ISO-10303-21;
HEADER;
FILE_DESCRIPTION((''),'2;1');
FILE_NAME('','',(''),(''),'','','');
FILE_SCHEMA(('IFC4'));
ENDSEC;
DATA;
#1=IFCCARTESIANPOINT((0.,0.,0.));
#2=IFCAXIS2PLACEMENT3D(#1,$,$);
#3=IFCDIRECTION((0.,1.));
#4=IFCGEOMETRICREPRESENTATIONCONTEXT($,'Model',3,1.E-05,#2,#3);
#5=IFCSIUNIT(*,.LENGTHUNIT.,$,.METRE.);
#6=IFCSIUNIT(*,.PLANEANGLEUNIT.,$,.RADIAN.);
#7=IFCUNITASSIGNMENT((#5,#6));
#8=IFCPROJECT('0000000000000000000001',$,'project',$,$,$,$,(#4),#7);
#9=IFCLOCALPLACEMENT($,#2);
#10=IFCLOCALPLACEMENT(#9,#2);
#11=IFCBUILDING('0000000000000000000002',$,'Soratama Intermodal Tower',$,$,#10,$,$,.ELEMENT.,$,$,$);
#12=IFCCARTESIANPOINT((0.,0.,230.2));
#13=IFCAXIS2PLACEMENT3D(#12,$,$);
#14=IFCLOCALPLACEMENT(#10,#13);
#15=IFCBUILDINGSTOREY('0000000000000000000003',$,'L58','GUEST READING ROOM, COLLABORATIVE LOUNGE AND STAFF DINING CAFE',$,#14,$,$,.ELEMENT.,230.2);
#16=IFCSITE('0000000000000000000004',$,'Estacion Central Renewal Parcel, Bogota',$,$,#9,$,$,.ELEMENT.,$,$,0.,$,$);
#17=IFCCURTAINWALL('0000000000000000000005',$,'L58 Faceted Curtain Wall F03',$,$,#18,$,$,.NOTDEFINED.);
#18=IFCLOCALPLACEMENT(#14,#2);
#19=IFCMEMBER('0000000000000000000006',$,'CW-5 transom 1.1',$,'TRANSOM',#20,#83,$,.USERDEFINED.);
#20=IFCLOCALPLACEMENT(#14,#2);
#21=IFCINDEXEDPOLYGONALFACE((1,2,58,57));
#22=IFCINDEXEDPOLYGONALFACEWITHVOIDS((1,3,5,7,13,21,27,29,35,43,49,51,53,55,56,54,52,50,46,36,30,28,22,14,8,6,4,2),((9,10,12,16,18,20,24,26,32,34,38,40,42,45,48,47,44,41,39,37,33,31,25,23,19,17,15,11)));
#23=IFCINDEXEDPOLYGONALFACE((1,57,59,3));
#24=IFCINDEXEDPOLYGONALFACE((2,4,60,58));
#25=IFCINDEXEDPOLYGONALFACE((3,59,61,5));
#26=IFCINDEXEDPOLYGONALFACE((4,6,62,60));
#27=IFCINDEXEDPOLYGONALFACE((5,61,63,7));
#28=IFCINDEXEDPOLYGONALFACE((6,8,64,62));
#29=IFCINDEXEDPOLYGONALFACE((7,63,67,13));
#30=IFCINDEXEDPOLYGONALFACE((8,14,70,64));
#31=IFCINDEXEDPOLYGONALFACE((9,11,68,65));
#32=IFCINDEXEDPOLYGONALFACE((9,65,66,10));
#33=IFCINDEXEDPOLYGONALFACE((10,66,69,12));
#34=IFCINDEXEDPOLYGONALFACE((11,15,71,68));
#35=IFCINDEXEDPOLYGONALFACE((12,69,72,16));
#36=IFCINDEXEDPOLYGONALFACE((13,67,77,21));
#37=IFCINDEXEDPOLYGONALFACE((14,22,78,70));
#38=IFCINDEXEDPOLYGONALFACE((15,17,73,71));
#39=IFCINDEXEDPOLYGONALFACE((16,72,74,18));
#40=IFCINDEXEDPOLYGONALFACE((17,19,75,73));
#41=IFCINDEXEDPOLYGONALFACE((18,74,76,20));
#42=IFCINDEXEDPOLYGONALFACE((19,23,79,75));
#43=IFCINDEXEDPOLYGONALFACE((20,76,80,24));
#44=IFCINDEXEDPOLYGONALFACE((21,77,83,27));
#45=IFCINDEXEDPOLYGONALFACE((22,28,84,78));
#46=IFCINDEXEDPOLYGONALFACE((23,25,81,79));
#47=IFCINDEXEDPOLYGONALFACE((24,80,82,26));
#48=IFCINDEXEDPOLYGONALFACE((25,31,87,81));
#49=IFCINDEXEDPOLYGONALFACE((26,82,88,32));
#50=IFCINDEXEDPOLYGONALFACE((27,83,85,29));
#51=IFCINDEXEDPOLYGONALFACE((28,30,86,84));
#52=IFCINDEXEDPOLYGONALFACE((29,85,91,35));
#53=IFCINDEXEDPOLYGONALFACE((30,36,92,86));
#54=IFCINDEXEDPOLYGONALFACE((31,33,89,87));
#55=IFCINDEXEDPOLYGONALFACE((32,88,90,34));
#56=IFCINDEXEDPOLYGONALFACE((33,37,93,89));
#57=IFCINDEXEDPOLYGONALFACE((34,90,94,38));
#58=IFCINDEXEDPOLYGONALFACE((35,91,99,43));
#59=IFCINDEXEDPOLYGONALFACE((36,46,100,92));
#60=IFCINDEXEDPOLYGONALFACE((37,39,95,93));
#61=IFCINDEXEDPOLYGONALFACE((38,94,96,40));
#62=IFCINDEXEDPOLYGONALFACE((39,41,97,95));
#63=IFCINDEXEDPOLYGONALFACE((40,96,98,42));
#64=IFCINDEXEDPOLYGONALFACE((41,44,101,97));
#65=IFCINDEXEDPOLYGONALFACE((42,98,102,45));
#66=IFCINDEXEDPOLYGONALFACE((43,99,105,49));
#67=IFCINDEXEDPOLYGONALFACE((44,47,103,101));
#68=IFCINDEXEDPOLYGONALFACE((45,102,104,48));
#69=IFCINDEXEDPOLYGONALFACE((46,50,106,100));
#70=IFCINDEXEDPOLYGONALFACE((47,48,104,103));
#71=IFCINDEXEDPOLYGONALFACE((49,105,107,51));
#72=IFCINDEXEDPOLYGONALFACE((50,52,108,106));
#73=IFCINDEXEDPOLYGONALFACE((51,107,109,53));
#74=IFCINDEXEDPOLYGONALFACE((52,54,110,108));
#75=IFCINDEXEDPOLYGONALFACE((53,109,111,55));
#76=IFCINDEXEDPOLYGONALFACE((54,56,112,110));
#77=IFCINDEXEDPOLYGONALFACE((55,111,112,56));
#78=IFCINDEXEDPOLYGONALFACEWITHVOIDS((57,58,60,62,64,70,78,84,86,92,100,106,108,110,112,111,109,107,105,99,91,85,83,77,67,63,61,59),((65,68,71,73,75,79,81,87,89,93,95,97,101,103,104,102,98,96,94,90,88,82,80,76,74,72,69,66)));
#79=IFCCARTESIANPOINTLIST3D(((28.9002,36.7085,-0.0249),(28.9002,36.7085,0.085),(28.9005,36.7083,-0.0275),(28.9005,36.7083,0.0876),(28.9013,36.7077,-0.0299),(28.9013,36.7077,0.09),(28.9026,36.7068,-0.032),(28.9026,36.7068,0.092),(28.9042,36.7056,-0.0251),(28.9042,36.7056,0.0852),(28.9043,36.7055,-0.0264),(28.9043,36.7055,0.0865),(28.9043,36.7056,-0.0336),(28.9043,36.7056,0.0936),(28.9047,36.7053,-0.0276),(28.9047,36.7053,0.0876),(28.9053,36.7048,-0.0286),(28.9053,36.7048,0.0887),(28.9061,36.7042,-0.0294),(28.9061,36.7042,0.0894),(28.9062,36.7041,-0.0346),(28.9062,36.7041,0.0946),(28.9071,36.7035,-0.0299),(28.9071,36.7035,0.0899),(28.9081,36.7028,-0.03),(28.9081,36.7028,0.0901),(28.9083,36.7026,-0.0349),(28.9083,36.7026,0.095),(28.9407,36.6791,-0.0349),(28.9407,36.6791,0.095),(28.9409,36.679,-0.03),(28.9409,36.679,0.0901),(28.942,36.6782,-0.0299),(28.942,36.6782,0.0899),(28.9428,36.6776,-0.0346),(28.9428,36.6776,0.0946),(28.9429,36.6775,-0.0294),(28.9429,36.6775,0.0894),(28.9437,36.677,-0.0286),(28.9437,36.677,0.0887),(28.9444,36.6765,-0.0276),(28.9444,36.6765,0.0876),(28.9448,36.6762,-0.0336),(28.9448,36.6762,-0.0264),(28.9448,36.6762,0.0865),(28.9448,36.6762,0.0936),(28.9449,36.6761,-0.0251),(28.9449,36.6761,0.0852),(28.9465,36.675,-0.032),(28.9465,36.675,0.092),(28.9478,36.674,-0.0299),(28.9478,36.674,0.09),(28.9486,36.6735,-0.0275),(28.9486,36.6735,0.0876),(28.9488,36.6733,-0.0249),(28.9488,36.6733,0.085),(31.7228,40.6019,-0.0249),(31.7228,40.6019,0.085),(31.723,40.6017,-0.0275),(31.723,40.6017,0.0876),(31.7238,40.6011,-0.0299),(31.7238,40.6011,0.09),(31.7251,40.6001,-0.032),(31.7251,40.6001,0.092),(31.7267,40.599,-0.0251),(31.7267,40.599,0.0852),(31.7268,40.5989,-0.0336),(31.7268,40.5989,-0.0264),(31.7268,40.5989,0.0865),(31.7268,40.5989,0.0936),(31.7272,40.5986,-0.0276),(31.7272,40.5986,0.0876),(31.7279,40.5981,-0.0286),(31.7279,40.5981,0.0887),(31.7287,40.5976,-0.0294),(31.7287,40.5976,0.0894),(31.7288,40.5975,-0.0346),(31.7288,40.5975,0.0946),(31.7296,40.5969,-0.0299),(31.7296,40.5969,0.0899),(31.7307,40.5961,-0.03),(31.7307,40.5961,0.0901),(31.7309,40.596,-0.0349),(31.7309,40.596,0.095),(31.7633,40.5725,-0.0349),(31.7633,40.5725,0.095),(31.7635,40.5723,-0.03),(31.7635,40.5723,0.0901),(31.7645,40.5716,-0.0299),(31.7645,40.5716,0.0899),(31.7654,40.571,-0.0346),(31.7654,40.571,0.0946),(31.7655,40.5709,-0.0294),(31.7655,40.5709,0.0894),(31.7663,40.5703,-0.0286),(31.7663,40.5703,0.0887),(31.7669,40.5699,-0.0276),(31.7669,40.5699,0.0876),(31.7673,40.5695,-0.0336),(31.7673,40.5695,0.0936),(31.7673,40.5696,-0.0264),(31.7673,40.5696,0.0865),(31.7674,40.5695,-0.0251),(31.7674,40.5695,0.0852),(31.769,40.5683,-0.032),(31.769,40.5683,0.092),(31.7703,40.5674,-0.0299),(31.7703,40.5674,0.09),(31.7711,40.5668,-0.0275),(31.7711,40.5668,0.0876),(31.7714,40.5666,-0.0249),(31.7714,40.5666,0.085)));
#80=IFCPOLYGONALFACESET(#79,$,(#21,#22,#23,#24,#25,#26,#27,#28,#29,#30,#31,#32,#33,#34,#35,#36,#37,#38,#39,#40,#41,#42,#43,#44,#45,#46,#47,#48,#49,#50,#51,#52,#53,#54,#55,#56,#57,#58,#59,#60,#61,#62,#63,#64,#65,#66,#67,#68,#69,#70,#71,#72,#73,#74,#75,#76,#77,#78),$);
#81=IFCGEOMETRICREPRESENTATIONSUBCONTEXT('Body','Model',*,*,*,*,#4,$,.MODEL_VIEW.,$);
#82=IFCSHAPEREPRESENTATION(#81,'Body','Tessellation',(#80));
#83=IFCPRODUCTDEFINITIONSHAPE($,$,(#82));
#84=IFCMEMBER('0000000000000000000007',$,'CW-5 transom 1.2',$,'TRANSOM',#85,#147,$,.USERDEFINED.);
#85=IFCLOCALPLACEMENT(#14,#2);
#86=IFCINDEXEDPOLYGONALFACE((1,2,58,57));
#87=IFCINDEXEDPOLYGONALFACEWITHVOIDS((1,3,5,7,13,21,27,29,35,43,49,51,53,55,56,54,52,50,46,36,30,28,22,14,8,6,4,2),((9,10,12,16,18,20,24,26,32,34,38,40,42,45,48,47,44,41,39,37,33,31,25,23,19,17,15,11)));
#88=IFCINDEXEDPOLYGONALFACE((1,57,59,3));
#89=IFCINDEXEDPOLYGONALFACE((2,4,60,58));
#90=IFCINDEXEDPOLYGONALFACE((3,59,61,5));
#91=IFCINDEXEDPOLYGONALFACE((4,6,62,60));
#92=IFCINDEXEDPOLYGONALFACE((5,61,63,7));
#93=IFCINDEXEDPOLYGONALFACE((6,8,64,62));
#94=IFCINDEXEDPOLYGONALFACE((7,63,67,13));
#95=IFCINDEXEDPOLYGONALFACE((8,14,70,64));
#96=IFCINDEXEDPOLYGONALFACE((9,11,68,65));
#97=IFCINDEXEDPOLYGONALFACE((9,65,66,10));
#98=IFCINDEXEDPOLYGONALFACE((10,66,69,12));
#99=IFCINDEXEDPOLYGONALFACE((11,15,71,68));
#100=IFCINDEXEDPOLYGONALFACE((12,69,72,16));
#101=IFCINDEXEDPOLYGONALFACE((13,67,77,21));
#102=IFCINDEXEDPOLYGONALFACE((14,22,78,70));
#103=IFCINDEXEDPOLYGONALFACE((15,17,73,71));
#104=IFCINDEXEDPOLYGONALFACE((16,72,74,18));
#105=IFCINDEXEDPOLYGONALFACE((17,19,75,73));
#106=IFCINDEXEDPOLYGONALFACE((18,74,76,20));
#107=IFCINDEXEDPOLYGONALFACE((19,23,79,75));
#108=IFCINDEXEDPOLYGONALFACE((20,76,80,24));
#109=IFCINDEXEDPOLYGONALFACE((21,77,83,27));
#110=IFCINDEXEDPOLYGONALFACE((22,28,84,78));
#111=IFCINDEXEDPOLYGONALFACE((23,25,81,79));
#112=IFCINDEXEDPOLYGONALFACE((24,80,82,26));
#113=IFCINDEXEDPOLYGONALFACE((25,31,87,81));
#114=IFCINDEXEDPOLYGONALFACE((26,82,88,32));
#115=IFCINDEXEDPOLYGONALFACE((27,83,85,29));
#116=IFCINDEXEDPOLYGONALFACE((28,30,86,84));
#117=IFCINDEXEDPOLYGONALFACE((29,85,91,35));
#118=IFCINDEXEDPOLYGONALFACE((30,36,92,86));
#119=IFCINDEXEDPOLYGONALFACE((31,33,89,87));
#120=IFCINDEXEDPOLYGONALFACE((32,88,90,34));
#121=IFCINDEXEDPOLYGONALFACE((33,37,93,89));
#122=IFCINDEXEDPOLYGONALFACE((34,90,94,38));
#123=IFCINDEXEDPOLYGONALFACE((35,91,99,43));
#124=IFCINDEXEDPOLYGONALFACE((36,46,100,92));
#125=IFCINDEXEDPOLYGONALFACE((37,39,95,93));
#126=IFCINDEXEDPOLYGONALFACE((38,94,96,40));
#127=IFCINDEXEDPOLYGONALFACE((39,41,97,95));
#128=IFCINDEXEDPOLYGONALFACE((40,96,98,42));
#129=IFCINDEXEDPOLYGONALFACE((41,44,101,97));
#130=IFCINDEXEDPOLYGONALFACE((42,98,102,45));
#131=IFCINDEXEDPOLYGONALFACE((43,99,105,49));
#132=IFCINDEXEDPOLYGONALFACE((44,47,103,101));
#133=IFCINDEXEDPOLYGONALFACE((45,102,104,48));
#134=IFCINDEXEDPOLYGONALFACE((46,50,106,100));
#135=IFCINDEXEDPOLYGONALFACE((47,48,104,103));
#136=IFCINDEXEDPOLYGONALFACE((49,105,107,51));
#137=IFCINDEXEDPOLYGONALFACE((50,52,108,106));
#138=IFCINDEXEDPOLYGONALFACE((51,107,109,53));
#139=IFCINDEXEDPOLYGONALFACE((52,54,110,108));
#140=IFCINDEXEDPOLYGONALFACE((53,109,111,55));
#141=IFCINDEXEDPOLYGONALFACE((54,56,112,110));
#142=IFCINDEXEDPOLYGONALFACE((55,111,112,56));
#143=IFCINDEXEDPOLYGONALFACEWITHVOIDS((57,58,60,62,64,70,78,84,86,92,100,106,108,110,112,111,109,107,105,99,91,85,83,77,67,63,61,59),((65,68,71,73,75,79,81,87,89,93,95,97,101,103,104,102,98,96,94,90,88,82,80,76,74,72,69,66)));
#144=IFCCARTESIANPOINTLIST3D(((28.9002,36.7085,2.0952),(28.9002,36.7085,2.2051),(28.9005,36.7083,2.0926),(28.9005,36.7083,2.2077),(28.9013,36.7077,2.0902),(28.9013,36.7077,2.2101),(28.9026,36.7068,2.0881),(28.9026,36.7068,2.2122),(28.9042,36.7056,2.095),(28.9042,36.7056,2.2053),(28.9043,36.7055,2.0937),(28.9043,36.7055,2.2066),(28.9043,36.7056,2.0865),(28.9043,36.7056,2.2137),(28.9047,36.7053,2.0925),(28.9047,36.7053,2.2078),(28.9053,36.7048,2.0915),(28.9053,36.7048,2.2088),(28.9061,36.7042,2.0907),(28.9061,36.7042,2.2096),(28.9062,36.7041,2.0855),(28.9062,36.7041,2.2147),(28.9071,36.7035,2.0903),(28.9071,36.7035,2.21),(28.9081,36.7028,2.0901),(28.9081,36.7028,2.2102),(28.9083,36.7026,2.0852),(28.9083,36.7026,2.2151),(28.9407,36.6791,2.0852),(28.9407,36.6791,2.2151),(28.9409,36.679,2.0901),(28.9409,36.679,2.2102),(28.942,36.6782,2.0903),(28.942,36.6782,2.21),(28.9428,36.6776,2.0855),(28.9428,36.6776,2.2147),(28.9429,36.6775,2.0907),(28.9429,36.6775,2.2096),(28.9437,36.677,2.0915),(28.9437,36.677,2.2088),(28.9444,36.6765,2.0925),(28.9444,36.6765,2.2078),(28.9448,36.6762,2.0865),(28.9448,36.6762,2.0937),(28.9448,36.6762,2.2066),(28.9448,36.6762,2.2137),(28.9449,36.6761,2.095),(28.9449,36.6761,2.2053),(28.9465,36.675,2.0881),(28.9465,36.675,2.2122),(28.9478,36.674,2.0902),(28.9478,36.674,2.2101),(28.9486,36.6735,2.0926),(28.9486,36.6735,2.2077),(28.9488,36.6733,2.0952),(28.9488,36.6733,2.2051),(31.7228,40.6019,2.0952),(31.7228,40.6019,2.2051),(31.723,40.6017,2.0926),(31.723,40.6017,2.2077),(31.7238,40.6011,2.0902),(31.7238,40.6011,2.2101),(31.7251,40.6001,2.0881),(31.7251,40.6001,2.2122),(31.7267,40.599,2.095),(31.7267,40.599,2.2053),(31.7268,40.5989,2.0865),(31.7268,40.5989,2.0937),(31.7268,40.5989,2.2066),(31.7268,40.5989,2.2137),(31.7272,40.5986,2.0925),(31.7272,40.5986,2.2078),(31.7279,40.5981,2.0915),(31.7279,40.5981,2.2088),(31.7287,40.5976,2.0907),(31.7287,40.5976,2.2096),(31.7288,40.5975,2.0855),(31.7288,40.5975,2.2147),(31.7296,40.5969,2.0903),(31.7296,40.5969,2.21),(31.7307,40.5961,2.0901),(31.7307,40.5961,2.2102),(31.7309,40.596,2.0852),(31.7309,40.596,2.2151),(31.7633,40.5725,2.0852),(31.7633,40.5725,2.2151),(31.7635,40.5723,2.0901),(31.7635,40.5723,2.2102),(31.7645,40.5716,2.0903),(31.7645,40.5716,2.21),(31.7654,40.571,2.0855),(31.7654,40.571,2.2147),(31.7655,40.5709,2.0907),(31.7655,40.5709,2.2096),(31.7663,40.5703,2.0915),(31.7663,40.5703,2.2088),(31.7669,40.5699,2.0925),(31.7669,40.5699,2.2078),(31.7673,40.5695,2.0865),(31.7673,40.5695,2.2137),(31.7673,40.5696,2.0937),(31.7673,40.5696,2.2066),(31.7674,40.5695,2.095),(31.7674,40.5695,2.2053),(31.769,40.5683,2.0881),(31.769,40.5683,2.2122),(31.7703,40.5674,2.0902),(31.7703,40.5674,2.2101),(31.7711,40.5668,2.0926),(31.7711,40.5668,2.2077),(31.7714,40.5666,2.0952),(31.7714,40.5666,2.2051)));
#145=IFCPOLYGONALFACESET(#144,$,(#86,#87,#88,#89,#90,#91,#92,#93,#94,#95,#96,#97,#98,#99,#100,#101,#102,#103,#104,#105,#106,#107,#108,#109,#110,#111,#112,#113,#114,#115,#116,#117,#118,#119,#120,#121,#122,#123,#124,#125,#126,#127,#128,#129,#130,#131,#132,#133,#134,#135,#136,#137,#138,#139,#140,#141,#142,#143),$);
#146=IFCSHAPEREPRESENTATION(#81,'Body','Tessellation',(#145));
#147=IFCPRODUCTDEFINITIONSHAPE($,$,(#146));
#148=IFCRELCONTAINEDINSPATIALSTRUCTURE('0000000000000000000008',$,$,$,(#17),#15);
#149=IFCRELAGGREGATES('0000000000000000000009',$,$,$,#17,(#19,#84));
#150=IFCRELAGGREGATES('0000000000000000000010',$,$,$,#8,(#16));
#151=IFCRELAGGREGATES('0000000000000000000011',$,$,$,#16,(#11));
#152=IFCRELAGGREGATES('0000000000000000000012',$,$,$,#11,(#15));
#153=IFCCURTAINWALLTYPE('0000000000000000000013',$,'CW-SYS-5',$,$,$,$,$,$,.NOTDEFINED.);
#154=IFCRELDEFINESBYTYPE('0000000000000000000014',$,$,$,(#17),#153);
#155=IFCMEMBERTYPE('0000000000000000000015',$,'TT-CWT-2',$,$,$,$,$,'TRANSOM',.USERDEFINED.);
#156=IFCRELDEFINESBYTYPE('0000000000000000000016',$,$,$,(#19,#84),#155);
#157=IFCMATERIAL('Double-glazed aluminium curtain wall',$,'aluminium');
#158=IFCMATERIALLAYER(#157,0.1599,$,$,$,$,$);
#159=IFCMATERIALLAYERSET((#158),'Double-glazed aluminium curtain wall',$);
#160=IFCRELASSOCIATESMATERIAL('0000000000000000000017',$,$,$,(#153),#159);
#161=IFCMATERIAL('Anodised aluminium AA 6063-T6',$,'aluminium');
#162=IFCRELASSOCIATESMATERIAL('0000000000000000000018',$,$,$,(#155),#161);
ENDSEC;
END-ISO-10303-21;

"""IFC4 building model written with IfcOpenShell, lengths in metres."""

from ifc_helpers import new_model, si_unit, direction, frame, origin, origin_2d, place, context, subcontext, project, spatial, hollow_rectangle, extrude, material, layer, layer_set, material_profile, profile_set, type_object, element, aggregate, save


model = new_model("IFC4")

# Units and contexts
model_context = context("Model", 3, precision=1e-05, world=origin(), true_north=direction((0.0, 1.0)))
body_context = subcontext(model_context, "Body", "Model", "MODEL_VIEW")
ifc_project = project(units=[si_unit("LENGTHUNIT", "METRE"), si_unit("PLANEANGLEUNIT", "RADIAN")], contexts=[model_context])

# Site, building, storey
site_placement = place(None, origin())
site = spatial("IfcSite", under=ifc_project, at=site_placement, Name="Estacion Central Renewal Parcel, Bogota", CompositionType="ELEMENT", RefElevation=0.0)
building_placement = place(site_placement, origin())
building = spatial("IfcBuilding", under=site, at=building_placement, Name="Soratama Intermodal Tower", CompositionType="ELEMENT")
storey_placement = place(building_placement, frame((0.0, 0.0, 230.2)))
storey = spatial("IfcBuildingStorey", under=building, at=storey_placement, Name="L58", Description="GUEST READING ROOM, COLLABORATIVE LOUNGE AND STAFF DINING CAFE", CompositionType="ELEMENT", Elevation=230.2)

# Curtain wall, members
ifc_material_1 = material(Name="Double-glazed aluminium curtain wall", Category="aluminium")
ifc_layer_1 = layer(ifc_material_1, 0.1599)
ifc_layer_set_1 = layer_set([ifc_layer_1], Name="Double-glazed aluminium curtain wall")
curtain_wall_type = type_object("IfcCurtainWallType", Name="CW-SYS-5", PredefinedType="NOTDEFINED", material=ifc_layer_set_1)
curtain_wall_placement = place(storey_placement, origin())
curtain_wall = element("IfcCurtainWall", 1, at=curtain_wall_placement, inside=storey, type_object=curtain_wall_type, Name="L58 Faceted Curtain Wall F03", PredefinedType="NOTDEFINED")
ifc_material_2 = material(Name="Anodised aluminium AA 6063-T6", Category="aluminium")
ifc_material_profile_1 = material_profile(ifc_material_2, hollow_rectangle(XDim=0.0601, YDim=0.1299, WallThickness=0.0049, InnerFilletRadius=0.0049, OuterFilletRadius=0.01, at=origin_2d()), Name="CWT130X60X5")
ifc_profile_set_1 = profile_set([ifc_material_profile_1], Name="Anodised aluminium AA 6063-T6")
member_type_1 = type_object("IfcMemberType", Name="TT-CWT-2", ElementType="TRANSOM", PredefinedType="USERDEFINED", material=ifc_profile_set_1)
member_1_placement = place(storey_placement, frame((31.7471, 40.5842, 0.03), z_axis=(-0.586948, -0.809624, 0.0), x_axis=(0.809624, -0.586948, 0.0)))
member_1 = element("IfcMember", 2, at=member_1_placement, type_object=member_type_1, Name="CW-5 transom 1.1", ObjectType="TRANSOM", PredefinedType="USERDEFINED", context=body_context, shape_type="SweptSolid", body=[
    extrude(hollow_rectangle(XDim=0.0601, YDim=0.1299, WallThickness=0.0049, InnerFilletRadius=0.0049, OuterFilletRadius=0.01, at=origin_2d()), origin(), (0.0, 0.0, 1.0), 4.8088),
])
member_2_placement = place(storey_placement, frame((31.7471, 40.5842, 2.1501), z_axis=(-0.586948, -0.809624, 0.0), x_axis=(0.809624, -0.586948, 0.0)))
member_2 = element("IfcMember", 3, at=member_2_placement, type_object=member_type_1, Name="CW-5 transom 1.2", ObjectType="TRANSOM", PredefinedType="USERDEFINED", context=body_context, shape_type="SweptSolid", body=[
    extrude(hollow_rectangle(XDim=0.0601, YDim=0.1299, WallThickness=0.0049, InnerFilletRadius=0.0049, OuterFilletRadius=0.01, at=origin_2d()), origin(), (0.0, 0.0, 1.0), 4.8088),
])
aggregate(curtain_wall, [member_1, member_2])

save(model, "model.ifc")
